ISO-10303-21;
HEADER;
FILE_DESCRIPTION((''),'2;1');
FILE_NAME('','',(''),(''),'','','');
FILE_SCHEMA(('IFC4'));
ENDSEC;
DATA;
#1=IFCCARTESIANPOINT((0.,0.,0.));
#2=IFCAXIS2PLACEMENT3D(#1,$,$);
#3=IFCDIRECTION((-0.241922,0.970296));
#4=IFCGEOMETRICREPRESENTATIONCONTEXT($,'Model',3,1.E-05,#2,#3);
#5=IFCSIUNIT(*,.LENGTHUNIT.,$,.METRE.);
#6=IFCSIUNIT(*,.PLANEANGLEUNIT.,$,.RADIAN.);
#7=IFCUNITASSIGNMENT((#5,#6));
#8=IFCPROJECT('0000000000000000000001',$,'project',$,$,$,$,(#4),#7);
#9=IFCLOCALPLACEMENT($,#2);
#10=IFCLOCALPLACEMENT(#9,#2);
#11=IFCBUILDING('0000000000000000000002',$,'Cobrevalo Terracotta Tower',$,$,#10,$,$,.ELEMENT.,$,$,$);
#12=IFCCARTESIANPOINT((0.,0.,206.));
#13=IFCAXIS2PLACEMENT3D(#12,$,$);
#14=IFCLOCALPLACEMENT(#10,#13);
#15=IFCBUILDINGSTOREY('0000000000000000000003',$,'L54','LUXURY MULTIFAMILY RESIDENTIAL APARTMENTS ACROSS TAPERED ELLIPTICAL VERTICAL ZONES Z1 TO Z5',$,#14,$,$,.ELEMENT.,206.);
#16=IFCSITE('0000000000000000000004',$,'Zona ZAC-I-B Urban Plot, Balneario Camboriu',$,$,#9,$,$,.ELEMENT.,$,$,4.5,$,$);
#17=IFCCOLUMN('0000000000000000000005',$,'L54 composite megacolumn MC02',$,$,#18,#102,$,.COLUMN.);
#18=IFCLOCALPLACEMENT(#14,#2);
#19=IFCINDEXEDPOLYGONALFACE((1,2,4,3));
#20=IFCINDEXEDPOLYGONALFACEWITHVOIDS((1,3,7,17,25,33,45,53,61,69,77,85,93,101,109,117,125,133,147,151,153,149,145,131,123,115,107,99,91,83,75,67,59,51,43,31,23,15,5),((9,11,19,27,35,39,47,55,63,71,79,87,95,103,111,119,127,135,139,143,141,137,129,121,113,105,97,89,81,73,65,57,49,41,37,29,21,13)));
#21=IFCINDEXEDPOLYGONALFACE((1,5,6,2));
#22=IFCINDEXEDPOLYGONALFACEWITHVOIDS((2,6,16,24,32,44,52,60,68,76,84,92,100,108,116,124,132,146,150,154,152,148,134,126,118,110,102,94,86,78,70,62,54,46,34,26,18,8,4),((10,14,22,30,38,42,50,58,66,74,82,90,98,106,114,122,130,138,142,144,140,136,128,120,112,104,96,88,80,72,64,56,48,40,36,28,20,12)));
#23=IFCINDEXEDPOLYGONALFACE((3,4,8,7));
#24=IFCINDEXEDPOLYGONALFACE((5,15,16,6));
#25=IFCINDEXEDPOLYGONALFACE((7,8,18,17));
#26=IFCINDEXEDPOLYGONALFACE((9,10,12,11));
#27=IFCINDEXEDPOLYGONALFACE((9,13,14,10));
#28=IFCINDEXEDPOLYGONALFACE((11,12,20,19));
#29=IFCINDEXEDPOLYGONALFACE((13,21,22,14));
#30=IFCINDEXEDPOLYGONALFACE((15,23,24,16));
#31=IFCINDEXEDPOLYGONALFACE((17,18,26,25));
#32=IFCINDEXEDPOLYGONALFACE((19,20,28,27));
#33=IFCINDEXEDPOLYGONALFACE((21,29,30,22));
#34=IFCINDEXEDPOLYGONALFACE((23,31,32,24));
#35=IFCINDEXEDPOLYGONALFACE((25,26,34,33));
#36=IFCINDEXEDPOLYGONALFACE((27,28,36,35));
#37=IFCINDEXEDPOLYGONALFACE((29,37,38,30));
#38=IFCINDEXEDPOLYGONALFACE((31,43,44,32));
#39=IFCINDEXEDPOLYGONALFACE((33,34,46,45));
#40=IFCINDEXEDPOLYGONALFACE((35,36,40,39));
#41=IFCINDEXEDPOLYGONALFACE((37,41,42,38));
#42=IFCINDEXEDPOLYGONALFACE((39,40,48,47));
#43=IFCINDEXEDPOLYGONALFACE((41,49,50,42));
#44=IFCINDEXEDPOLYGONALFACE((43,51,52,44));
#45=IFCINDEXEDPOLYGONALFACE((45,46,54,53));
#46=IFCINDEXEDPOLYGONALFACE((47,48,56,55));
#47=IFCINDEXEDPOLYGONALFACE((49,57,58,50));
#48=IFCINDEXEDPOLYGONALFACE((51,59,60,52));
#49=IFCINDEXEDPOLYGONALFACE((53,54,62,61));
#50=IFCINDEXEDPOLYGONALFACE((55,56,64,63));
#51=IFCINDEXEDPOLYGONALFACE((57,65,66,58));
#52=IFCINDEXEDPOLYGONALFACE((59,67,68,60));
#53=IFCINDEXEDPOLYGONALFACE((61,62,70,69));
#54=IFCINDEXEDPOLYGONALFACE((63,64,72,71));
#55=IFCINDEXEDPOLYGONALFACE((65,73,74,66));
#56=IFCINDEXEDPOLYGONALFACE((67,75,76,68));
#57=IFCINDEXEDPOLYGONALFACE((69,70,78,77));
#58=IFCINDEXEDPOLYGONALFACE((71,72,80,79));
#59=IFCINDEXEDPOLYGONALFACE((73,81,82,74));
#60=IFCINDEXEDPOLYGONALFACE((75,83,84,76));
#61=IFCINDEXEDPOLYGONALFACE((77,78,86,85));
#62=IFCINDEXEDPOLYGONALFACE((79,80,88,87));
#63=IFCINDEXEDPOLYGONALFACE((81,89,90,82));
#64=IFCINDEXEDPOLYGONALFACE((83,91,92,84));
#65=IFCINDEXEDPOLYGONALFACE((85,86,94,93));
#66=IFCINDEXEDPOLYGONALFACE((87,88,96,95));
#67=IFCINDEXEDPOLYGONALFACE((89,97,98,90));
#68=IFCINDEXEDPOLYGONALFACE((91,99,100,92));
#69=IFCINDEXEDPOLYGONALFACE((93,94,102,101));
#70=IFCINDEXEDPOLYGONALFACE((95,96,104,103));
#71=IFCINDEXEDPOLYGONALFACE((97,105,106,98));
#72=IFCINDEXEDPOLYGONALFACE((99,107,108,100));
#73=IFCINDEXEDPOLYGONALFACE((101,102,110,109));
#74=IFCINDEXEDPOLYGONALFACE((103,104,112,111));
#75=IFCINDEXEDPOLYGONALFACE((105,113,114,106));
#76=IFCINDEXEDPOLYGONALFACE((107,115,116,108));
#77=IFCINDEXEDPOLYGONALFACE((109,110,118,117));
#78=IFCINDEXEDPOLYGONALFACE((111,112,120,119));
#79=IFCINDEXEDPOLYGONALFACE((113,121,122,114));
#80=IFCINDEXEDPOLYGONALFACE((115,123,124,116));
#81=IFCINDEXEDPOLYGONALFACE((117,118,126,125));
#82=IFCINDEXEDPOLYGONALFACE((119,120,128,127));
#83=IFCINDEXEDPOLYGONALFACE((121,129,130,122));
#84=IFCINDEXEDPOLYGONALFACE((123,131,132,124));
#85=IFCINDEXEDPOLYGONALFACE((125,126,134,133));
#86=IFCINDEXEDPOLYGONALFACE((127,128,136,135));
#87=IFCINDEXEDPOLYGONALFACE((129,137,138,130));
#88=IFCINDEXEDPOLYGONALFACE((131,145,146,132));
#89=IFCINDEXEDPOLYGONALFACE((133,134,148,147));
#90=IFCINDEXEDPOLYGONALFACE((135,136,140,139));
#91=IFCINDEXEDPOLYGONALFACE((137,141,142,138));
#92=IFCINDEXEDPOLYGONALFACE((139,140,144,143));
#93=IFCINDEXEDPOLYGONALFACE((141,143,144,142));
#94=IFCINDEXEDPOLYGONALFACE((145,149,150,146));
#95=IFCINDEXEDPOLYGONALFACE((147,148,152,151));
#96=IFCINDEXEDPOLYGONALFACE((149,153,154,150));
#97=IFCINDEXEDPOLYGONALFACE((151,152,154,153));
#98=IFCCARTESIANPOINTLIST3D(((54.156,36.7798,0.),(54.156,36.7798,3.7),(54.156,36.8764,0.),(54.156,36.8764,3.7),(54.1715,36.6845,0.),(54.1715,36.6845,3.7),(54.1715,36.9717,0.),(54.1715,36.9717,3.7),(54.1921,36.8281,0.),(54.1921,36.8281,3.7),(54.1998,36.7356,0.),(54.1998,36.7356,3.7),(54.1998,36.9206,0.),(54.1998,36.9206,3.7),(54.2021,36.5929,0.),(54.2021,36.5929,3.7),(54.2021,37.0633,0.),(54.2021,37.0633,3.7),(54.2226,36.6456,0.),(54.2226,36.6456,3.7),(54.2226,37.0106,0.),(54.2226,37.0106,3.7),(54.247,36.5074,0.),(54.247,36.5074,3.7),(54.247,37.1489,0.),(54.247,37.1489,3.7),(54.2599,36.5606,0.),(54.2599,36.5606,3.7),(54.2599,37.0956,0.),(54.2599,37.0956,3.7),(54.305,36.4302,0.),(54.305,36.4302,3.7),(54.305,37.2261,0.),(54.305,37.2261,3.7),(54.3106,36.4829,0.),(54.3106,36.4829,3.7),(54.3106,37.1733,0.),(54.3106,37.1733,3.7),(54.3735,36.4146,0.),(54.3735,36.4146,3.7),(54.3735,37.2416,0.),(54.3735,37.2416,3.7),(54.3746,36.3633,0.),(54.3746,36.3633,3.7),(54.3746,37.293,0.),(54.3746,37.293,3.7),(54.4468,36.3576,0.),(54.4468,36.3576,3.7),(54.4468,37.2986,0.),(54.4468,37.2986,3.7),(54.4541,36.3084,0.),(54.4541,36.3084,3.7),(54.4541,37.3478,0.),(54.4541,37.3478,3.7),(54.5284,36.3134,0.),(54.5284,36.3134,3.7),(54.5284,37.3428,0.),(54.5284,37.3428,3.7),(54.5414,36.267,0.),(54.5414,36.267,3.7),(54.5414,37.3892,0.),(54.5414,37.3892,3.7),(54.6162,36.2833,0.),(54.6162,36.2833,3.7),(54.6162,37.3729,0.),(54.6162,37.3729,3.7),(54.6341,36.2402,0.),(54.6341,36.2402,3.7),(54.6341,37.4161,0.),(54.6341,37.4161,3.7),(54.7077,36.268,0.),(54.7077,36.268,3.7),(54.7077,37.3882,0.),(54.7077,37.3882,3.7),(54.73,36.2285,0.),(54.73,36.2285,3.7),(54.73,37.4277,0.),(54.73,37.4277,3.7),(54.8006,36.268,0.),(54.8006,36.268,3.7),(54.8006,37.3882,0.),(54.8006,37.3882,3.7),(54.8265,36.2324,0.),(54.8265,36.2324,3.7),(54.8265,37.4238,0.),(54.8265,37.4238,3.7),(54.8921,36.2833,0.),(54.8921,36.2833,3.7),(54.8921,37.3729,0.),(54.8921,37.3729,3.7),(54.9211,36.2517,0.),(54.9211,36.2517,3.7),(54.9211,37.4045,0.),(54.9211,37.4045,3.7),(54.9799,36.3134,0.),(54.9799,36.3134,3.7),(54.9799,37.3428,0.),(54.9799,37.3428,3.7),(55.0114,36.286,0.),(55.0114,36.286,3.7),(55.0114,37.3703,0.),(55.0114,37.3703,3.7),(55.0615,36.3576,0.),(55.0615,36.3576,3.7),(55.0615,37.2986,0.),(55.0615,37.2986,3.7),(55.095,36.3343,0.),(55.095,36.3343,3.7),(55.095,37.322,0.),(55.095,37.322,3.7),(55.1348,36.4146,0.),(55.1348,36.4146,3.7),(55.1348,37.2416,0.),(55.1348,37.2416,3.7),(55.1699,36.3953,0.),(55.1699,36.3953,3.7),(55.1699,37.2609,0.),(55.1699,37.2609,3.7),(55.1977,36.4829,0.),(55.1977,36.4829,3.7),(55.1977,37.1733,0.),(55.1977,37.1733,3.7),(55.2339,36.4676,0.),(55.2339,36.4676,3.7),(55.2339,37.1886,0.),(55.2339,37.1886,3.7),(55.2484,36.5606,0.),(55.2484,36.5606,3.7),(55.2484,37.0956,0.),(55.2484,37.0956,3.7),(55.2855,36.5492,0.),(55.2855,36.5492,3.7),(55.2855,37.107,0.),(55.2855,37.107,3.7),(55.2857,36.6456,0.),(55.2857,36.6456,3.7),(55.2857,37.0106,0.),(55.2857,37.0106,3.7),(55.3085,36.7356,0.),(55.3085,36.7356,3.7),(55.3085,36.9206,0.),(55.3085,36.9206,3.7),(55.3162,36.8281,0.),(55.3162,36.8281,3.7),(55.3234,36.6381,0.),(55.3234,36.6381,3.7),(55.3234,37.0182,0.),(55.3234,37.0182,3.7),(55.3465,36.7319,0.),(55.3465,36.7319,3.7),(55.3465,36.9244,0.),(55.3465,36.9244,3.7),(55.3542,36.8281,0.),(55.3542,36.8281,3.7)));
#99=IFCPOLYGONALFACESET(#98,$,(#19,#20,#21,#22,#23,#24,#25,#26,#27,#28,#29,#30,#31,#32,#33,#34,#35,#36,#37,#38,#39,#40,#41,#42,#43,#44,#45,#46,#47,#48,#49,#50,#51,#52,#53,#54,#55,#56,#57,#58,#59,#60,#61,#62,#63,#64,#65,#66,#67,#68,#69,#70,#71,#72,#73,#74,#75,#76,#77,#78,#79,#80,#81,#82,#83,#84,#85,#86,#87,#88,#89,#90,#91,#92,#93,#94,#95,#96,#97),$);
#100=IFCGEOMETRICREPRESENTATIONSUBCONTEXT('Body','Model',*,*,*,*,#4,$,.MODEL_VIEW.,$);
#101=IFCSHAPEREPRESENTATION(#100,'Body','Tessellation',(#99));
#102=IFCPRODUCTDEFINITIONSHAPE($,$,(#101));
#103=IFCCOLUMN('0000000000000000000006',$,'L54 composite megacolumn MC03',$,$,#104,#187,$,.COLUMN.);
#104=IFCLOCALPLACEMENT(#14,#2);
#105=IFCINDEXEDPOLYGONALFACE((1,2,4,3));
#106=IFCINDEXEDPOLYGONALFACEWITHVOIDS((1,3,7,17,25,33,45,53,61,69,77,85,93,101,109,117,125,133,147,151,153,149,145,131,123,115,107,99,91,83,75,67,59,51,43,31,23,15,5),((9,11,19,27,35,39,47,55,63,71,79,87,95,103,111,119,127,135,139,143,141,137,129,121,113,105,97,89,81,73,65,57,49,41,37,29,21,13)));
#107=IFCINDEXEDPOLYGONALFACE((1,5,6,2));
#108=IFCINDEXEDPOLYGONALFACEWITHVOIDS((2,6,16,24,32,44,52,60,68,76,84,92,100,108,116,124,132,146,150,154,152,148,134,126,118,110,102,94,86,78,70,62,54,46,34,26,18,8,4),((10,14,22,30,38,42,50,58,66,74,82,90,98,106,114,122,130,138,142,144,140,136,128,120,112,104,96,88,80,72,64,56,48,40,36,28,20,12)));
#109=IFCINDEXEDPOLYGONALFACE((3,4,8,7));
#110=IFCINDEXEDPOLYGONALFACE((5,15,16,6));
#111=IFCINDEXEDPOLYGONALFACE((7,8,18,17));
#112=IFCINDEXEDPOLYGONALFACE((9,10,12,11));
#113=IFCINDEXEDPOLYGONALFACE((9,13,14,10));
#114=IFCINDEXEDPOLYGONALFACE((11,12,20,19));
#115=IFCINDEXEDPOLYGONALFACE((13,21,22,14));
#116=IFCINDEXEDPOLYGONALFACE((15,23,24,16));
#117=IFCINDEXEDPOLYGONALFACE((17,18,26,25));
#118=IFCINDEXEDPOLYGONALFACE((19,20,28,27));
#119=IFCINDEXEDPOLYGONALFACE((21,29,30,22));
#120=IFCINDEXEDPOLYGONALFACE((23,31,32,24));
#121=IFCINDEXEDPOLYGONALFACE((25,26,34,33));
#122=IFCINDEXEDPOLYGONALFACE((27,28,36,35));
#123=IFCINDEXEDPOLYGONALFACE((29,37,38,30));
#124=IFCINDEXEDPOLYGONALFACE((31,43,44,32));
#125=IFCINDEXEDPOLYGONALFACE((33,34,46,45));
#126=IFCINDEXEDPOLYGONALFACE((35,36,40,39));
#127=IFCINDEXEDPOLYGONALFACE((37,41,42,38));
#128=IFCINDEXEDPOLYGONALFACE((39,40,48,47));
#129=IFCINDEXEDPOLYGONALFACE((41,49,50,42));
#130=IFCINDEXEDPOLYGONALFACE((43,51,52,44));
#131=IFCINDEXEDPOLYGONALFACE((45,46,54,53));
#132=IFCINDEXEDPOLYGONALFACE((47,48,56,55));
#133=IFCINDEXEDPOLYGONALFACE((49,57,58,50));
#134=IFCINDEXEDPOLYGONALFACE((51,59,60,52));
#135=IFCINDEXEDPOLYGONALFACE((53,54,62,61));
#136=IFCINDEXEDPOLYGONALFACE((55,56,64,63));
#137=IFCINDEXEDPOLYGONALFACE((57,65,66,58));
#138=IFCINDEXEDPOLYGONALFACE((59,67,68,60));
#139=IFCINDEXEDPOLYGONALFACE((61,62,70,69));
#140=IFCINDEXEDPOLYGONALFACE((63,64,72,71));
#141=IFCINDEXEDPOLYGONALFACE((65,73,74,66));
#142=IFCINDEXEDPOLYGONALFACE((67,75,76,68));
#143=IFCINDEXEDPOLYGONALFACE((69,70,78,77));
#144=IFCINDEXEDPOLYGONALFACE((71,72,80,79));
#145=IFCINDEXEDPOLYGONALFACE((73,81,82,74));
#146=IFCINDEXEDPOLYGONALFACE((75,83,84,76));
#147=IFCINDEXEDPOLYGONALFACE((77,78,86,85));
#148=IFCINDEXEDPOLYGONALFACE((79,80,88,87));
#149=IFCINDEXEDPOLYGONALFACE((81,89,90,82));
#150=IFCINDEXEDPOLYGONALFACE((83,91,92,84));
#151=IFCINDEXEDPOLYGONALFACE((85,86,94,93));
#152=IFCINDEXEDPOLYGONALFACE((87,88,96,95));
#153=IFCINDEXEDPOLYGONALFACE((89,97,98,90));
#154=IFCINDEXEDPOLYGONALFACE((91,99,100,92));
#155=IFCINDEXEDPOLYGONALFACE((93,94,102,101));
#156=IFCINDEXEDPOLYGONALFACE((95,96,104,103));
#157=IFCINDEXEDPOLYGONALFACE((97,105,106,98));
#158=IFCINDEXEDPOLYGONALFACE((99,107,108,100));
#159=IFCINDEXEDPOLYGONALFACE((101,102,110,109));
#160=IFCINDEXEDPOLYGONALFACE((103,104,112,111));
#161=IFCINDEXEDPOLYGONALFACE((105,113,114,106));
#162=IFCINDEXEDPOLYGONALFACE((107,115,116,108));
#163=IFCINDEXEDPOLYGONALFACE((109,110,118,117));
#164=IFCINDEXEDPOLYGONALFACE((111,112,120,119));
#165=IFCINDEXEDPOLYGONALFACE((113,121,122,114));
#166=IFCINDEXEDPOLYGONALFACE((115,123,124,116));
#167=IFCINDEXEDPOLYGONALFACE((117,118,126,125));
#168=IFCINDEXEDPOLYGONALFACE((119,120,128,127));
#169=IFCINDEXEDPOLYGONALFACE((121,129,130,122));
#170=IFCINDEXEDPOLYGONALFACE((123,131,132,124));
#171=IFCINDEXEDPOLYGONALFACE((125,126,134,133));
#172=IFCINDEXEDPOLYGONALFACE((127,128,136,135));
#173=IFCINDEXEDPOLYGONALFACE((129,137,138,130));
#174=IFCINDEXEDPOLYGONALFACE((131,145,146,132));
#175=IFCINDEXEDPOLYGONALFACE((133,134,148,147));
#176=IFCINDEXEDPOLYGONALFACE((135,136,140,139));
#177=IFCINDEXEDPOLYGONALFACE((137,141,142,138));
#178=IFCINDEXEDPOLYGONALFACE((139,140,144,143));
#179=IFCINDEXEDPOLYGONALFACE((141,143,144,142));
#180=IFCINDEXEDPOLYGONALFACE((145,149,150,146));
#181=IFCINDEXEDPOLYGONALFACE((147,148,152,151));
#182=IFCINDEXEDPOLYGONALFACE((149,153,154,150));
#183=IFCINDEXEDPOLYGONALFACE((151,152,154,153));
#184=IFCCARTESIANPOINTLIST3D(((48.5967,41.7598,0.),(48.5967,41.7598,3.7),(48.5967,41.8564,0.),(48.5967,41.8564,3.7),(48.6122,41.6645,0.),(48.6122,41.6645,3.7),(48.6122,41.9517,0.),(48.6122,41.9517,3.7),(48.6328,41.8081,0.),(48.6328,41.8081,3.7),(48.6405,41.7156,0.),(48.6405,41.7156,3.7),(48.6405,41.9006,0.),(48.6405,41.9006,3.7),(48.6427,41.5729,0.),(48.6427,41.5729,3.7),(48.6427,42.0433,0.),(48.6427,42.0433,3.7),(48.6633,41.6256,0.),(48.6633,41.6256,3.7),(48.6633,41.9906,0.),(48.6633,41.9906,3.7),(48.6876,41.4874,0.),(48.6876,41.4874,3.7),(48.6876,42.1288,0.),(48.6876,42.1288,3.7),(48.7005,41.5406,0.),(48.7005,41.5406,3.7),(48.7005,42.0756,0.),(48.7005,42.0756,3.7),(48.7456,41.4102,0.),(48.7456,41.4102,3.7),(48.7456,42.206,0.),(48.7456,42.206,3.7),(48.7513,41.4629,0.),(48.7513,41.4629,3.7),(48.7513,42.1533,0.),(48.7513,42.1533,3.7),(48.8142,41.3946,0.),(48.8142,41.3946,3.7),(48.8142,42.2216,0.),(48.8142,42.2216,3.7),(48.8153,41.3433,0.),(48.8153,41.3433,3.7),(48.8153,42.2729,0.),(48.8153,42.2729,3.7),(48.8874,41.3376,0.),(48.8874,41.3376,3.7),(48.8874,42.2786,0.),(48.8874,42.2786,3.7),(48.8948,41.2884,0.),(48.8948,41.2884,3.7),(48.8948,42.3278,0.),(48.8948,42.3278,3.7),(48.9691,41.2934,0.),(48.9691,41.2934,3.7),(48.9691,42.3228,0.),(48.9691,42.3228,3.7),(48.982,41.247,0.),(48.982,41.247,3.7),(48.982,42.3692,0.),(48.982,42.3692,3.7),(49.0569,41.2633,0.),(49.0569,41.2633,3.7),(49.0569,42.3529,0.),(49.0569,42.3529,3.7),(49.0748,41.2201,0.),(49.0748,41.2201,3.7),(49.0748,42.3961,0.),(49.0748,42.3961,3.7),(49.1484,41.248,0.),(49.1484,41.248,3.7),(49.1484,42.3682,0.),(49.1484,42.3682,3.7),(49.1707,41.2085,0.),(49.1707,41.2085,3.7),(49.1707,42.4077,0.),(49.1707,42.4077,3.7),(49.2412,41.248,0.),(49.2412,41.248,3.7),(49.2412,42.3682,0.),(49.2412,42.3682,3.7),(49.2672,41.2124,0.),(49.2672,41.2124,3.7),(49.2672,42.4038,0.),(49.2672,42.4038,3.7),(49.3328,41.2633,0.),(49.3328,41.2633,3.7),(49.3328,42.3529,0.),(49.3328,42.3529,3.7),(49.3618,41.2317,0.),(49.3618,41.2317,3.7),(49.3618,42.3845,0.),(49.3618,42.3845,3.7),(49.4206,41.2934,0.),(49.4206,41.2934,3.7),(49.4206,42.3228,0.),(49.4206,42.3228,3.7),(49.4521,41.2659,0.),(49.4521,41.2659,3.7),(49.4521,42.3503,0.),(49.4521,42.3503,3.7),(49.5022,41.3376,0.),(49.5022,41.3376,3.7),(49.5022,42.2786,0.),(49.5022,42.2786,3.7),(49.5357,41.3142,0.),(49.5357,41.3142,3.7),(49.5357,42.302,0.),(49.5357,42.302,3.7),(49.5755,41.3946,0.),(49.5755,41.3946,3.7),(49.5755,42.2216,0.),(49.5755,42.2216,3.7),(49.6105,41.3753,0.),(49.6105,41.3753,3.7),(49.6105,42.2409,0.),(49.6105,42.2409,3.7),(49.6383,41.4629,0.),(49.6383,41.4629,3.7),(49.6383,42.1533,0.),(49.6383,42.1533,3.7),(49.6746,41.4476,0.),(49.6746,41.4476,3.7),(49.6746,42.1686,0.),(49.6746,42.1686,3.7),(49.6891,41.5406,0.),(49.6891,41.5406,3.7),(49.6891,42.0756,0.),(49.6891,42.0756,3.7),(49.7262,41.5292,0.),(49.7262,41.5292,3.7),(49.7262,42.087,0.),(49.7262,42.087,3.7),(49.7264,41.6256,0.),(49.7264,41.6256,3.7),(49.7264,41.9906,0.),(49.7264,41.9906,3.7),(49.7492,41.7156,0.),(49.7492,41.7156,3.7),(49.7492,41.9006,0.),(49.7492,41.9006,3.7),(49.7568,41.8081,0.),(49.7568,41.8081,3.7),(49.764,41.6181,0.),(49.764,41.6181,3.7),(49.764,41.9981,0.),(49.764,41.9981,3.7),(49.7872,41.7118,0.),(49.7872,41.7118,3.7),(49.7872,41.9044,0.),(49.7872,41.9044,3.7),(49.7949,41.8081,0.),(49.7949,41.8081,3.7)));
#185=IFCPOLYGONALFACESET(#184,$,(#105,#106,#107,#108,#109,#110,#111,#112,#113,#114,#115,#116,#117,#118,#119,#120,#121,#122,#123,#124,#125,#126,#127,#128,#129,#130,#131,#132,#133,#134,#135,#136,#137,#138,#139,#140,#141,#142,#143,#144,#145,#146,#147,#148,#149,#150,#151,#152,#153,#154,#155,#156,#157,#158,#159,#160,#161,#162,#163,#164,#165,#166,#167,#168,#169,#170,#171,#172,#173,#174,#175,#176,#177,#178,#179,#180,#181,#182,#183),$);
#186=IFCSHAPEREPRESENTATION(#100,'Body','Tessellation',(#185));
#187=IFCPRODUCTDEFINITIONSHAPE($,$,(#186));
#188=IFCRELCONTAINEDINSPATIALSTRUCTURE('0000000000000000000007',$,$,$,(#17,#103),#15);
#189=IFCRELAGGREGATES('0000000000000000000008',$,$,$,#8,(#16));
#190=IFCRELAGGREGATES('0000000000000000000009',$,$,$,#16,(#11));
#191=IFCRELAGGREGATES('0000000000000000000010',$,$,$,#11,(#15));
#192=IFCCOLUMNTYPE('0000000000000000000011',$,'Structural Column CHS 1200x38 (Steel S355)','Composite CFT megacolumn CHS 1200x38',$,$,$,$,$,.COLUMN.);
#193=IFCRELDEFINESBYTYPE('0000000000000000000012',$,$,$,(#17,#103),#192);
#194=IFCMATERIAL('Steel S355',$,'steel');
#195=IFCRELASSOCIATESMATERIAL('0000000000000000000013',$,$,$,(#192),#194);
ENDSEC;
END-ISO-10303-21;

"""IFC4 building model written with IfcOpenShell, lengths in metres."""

from ifc_helpers import new_model, si_unit, direction, frame, origin, origin_2d, place, context, subcontext, project, spatial, hollow_circle, extrude, material, material_profile, profile_set, type_object, element, save


model = new_model("IFC4")

# Units and contexts
model_context = context("Model", 3, precision=1e-05, world=origin(), true_north=direction((-0.241922, 0.970296)))
body_context = subcontext(model_context, "Body", "Model", "MODEL_VIEW")
ifc_project = project(units=[si_unit("LENGTHUNIT", "METRE"), si_unit("PLANEANGLEUNIT", "RADIAN")], contexts=[model_context])

# Site, building, storey
site_placement = place(None, origin())
site = spatial("IfcSite", under=ifc_project, at=site_placement, Name="Zona ZAC-I-B Urban Plot, Balneario Camboriu", CompositionType="ELEMENT", RefElevation=4.5)
building_placement = place(site_placement, origin())
building = spatial("IfcBuilding", under=site, at=building_placement, Name="Cobrevalo Terracotta Tower", CompositionType="ELEMENT")
storey_placement = place(building_placement, frame((0.0, 0.0, 206.0)))
storey = spatial("IfcBuildingStorey", under=building, at=storey_placement, Name="L54", Description="LUXURY MULTIFAMILY RESIDENTIAL APARTMENTS ACROSS TAPERED ELLIPTICAL VERTICAL ZONES Z1 TO Z5", CompositionType="ELEMENT", Elevation=206.0)

# Columns
ifc_material_1 = material(Name="Steel S355", Category="steel")
ifc_material_profile_1 = material_profile(ifc_material_1, hollow_circle(Radius=0.6001, WallThickness=0.0381, at=origin_2d()), Name="CHS 1200x38")
ifc_profile_set_1 = profile_set([ifc_material_profile_1], Name="Steel S355")
column_type = type_object("IfcColumnType", Name="Structural Column CHS 1200x38 (Steel S355)", Description="Composite CFT megacolumn CHS 1200x38", PredefinedType="COLUMN", material=ifc_profile_set_1)
for number, where, z_axis, x_axis, name in (
    (1, (54.7542, 36.8281, 0.0), (0.0, 0.0, 1.0), (1.0, 0.0, 0.0), "L54 composite megacolumn MC02"),
    (2, (49.1948, 41.8081, 0.0), (0.0, 0.0, 1.0), (1.0, 0.0, 0.0), "L54 composite megacolumn MC03"),
):
    element("IfcColumn", number, at=place(storey_placement, frame(where, z_axis=z_axis, x_axis=x_axis)), inside=storey, type_object=column_type, Name=name, PredefinedType="COLUMN", context=body_context, shape_type="SweptSolid", body=[
        extrude(hollow_circle(Radius=0.6001, WallThickness=0.0381, at=origin_2d()), origin(), (0.0, 0.0, 1.0), 3.7),
    ])

save(model, "model.ifc")
